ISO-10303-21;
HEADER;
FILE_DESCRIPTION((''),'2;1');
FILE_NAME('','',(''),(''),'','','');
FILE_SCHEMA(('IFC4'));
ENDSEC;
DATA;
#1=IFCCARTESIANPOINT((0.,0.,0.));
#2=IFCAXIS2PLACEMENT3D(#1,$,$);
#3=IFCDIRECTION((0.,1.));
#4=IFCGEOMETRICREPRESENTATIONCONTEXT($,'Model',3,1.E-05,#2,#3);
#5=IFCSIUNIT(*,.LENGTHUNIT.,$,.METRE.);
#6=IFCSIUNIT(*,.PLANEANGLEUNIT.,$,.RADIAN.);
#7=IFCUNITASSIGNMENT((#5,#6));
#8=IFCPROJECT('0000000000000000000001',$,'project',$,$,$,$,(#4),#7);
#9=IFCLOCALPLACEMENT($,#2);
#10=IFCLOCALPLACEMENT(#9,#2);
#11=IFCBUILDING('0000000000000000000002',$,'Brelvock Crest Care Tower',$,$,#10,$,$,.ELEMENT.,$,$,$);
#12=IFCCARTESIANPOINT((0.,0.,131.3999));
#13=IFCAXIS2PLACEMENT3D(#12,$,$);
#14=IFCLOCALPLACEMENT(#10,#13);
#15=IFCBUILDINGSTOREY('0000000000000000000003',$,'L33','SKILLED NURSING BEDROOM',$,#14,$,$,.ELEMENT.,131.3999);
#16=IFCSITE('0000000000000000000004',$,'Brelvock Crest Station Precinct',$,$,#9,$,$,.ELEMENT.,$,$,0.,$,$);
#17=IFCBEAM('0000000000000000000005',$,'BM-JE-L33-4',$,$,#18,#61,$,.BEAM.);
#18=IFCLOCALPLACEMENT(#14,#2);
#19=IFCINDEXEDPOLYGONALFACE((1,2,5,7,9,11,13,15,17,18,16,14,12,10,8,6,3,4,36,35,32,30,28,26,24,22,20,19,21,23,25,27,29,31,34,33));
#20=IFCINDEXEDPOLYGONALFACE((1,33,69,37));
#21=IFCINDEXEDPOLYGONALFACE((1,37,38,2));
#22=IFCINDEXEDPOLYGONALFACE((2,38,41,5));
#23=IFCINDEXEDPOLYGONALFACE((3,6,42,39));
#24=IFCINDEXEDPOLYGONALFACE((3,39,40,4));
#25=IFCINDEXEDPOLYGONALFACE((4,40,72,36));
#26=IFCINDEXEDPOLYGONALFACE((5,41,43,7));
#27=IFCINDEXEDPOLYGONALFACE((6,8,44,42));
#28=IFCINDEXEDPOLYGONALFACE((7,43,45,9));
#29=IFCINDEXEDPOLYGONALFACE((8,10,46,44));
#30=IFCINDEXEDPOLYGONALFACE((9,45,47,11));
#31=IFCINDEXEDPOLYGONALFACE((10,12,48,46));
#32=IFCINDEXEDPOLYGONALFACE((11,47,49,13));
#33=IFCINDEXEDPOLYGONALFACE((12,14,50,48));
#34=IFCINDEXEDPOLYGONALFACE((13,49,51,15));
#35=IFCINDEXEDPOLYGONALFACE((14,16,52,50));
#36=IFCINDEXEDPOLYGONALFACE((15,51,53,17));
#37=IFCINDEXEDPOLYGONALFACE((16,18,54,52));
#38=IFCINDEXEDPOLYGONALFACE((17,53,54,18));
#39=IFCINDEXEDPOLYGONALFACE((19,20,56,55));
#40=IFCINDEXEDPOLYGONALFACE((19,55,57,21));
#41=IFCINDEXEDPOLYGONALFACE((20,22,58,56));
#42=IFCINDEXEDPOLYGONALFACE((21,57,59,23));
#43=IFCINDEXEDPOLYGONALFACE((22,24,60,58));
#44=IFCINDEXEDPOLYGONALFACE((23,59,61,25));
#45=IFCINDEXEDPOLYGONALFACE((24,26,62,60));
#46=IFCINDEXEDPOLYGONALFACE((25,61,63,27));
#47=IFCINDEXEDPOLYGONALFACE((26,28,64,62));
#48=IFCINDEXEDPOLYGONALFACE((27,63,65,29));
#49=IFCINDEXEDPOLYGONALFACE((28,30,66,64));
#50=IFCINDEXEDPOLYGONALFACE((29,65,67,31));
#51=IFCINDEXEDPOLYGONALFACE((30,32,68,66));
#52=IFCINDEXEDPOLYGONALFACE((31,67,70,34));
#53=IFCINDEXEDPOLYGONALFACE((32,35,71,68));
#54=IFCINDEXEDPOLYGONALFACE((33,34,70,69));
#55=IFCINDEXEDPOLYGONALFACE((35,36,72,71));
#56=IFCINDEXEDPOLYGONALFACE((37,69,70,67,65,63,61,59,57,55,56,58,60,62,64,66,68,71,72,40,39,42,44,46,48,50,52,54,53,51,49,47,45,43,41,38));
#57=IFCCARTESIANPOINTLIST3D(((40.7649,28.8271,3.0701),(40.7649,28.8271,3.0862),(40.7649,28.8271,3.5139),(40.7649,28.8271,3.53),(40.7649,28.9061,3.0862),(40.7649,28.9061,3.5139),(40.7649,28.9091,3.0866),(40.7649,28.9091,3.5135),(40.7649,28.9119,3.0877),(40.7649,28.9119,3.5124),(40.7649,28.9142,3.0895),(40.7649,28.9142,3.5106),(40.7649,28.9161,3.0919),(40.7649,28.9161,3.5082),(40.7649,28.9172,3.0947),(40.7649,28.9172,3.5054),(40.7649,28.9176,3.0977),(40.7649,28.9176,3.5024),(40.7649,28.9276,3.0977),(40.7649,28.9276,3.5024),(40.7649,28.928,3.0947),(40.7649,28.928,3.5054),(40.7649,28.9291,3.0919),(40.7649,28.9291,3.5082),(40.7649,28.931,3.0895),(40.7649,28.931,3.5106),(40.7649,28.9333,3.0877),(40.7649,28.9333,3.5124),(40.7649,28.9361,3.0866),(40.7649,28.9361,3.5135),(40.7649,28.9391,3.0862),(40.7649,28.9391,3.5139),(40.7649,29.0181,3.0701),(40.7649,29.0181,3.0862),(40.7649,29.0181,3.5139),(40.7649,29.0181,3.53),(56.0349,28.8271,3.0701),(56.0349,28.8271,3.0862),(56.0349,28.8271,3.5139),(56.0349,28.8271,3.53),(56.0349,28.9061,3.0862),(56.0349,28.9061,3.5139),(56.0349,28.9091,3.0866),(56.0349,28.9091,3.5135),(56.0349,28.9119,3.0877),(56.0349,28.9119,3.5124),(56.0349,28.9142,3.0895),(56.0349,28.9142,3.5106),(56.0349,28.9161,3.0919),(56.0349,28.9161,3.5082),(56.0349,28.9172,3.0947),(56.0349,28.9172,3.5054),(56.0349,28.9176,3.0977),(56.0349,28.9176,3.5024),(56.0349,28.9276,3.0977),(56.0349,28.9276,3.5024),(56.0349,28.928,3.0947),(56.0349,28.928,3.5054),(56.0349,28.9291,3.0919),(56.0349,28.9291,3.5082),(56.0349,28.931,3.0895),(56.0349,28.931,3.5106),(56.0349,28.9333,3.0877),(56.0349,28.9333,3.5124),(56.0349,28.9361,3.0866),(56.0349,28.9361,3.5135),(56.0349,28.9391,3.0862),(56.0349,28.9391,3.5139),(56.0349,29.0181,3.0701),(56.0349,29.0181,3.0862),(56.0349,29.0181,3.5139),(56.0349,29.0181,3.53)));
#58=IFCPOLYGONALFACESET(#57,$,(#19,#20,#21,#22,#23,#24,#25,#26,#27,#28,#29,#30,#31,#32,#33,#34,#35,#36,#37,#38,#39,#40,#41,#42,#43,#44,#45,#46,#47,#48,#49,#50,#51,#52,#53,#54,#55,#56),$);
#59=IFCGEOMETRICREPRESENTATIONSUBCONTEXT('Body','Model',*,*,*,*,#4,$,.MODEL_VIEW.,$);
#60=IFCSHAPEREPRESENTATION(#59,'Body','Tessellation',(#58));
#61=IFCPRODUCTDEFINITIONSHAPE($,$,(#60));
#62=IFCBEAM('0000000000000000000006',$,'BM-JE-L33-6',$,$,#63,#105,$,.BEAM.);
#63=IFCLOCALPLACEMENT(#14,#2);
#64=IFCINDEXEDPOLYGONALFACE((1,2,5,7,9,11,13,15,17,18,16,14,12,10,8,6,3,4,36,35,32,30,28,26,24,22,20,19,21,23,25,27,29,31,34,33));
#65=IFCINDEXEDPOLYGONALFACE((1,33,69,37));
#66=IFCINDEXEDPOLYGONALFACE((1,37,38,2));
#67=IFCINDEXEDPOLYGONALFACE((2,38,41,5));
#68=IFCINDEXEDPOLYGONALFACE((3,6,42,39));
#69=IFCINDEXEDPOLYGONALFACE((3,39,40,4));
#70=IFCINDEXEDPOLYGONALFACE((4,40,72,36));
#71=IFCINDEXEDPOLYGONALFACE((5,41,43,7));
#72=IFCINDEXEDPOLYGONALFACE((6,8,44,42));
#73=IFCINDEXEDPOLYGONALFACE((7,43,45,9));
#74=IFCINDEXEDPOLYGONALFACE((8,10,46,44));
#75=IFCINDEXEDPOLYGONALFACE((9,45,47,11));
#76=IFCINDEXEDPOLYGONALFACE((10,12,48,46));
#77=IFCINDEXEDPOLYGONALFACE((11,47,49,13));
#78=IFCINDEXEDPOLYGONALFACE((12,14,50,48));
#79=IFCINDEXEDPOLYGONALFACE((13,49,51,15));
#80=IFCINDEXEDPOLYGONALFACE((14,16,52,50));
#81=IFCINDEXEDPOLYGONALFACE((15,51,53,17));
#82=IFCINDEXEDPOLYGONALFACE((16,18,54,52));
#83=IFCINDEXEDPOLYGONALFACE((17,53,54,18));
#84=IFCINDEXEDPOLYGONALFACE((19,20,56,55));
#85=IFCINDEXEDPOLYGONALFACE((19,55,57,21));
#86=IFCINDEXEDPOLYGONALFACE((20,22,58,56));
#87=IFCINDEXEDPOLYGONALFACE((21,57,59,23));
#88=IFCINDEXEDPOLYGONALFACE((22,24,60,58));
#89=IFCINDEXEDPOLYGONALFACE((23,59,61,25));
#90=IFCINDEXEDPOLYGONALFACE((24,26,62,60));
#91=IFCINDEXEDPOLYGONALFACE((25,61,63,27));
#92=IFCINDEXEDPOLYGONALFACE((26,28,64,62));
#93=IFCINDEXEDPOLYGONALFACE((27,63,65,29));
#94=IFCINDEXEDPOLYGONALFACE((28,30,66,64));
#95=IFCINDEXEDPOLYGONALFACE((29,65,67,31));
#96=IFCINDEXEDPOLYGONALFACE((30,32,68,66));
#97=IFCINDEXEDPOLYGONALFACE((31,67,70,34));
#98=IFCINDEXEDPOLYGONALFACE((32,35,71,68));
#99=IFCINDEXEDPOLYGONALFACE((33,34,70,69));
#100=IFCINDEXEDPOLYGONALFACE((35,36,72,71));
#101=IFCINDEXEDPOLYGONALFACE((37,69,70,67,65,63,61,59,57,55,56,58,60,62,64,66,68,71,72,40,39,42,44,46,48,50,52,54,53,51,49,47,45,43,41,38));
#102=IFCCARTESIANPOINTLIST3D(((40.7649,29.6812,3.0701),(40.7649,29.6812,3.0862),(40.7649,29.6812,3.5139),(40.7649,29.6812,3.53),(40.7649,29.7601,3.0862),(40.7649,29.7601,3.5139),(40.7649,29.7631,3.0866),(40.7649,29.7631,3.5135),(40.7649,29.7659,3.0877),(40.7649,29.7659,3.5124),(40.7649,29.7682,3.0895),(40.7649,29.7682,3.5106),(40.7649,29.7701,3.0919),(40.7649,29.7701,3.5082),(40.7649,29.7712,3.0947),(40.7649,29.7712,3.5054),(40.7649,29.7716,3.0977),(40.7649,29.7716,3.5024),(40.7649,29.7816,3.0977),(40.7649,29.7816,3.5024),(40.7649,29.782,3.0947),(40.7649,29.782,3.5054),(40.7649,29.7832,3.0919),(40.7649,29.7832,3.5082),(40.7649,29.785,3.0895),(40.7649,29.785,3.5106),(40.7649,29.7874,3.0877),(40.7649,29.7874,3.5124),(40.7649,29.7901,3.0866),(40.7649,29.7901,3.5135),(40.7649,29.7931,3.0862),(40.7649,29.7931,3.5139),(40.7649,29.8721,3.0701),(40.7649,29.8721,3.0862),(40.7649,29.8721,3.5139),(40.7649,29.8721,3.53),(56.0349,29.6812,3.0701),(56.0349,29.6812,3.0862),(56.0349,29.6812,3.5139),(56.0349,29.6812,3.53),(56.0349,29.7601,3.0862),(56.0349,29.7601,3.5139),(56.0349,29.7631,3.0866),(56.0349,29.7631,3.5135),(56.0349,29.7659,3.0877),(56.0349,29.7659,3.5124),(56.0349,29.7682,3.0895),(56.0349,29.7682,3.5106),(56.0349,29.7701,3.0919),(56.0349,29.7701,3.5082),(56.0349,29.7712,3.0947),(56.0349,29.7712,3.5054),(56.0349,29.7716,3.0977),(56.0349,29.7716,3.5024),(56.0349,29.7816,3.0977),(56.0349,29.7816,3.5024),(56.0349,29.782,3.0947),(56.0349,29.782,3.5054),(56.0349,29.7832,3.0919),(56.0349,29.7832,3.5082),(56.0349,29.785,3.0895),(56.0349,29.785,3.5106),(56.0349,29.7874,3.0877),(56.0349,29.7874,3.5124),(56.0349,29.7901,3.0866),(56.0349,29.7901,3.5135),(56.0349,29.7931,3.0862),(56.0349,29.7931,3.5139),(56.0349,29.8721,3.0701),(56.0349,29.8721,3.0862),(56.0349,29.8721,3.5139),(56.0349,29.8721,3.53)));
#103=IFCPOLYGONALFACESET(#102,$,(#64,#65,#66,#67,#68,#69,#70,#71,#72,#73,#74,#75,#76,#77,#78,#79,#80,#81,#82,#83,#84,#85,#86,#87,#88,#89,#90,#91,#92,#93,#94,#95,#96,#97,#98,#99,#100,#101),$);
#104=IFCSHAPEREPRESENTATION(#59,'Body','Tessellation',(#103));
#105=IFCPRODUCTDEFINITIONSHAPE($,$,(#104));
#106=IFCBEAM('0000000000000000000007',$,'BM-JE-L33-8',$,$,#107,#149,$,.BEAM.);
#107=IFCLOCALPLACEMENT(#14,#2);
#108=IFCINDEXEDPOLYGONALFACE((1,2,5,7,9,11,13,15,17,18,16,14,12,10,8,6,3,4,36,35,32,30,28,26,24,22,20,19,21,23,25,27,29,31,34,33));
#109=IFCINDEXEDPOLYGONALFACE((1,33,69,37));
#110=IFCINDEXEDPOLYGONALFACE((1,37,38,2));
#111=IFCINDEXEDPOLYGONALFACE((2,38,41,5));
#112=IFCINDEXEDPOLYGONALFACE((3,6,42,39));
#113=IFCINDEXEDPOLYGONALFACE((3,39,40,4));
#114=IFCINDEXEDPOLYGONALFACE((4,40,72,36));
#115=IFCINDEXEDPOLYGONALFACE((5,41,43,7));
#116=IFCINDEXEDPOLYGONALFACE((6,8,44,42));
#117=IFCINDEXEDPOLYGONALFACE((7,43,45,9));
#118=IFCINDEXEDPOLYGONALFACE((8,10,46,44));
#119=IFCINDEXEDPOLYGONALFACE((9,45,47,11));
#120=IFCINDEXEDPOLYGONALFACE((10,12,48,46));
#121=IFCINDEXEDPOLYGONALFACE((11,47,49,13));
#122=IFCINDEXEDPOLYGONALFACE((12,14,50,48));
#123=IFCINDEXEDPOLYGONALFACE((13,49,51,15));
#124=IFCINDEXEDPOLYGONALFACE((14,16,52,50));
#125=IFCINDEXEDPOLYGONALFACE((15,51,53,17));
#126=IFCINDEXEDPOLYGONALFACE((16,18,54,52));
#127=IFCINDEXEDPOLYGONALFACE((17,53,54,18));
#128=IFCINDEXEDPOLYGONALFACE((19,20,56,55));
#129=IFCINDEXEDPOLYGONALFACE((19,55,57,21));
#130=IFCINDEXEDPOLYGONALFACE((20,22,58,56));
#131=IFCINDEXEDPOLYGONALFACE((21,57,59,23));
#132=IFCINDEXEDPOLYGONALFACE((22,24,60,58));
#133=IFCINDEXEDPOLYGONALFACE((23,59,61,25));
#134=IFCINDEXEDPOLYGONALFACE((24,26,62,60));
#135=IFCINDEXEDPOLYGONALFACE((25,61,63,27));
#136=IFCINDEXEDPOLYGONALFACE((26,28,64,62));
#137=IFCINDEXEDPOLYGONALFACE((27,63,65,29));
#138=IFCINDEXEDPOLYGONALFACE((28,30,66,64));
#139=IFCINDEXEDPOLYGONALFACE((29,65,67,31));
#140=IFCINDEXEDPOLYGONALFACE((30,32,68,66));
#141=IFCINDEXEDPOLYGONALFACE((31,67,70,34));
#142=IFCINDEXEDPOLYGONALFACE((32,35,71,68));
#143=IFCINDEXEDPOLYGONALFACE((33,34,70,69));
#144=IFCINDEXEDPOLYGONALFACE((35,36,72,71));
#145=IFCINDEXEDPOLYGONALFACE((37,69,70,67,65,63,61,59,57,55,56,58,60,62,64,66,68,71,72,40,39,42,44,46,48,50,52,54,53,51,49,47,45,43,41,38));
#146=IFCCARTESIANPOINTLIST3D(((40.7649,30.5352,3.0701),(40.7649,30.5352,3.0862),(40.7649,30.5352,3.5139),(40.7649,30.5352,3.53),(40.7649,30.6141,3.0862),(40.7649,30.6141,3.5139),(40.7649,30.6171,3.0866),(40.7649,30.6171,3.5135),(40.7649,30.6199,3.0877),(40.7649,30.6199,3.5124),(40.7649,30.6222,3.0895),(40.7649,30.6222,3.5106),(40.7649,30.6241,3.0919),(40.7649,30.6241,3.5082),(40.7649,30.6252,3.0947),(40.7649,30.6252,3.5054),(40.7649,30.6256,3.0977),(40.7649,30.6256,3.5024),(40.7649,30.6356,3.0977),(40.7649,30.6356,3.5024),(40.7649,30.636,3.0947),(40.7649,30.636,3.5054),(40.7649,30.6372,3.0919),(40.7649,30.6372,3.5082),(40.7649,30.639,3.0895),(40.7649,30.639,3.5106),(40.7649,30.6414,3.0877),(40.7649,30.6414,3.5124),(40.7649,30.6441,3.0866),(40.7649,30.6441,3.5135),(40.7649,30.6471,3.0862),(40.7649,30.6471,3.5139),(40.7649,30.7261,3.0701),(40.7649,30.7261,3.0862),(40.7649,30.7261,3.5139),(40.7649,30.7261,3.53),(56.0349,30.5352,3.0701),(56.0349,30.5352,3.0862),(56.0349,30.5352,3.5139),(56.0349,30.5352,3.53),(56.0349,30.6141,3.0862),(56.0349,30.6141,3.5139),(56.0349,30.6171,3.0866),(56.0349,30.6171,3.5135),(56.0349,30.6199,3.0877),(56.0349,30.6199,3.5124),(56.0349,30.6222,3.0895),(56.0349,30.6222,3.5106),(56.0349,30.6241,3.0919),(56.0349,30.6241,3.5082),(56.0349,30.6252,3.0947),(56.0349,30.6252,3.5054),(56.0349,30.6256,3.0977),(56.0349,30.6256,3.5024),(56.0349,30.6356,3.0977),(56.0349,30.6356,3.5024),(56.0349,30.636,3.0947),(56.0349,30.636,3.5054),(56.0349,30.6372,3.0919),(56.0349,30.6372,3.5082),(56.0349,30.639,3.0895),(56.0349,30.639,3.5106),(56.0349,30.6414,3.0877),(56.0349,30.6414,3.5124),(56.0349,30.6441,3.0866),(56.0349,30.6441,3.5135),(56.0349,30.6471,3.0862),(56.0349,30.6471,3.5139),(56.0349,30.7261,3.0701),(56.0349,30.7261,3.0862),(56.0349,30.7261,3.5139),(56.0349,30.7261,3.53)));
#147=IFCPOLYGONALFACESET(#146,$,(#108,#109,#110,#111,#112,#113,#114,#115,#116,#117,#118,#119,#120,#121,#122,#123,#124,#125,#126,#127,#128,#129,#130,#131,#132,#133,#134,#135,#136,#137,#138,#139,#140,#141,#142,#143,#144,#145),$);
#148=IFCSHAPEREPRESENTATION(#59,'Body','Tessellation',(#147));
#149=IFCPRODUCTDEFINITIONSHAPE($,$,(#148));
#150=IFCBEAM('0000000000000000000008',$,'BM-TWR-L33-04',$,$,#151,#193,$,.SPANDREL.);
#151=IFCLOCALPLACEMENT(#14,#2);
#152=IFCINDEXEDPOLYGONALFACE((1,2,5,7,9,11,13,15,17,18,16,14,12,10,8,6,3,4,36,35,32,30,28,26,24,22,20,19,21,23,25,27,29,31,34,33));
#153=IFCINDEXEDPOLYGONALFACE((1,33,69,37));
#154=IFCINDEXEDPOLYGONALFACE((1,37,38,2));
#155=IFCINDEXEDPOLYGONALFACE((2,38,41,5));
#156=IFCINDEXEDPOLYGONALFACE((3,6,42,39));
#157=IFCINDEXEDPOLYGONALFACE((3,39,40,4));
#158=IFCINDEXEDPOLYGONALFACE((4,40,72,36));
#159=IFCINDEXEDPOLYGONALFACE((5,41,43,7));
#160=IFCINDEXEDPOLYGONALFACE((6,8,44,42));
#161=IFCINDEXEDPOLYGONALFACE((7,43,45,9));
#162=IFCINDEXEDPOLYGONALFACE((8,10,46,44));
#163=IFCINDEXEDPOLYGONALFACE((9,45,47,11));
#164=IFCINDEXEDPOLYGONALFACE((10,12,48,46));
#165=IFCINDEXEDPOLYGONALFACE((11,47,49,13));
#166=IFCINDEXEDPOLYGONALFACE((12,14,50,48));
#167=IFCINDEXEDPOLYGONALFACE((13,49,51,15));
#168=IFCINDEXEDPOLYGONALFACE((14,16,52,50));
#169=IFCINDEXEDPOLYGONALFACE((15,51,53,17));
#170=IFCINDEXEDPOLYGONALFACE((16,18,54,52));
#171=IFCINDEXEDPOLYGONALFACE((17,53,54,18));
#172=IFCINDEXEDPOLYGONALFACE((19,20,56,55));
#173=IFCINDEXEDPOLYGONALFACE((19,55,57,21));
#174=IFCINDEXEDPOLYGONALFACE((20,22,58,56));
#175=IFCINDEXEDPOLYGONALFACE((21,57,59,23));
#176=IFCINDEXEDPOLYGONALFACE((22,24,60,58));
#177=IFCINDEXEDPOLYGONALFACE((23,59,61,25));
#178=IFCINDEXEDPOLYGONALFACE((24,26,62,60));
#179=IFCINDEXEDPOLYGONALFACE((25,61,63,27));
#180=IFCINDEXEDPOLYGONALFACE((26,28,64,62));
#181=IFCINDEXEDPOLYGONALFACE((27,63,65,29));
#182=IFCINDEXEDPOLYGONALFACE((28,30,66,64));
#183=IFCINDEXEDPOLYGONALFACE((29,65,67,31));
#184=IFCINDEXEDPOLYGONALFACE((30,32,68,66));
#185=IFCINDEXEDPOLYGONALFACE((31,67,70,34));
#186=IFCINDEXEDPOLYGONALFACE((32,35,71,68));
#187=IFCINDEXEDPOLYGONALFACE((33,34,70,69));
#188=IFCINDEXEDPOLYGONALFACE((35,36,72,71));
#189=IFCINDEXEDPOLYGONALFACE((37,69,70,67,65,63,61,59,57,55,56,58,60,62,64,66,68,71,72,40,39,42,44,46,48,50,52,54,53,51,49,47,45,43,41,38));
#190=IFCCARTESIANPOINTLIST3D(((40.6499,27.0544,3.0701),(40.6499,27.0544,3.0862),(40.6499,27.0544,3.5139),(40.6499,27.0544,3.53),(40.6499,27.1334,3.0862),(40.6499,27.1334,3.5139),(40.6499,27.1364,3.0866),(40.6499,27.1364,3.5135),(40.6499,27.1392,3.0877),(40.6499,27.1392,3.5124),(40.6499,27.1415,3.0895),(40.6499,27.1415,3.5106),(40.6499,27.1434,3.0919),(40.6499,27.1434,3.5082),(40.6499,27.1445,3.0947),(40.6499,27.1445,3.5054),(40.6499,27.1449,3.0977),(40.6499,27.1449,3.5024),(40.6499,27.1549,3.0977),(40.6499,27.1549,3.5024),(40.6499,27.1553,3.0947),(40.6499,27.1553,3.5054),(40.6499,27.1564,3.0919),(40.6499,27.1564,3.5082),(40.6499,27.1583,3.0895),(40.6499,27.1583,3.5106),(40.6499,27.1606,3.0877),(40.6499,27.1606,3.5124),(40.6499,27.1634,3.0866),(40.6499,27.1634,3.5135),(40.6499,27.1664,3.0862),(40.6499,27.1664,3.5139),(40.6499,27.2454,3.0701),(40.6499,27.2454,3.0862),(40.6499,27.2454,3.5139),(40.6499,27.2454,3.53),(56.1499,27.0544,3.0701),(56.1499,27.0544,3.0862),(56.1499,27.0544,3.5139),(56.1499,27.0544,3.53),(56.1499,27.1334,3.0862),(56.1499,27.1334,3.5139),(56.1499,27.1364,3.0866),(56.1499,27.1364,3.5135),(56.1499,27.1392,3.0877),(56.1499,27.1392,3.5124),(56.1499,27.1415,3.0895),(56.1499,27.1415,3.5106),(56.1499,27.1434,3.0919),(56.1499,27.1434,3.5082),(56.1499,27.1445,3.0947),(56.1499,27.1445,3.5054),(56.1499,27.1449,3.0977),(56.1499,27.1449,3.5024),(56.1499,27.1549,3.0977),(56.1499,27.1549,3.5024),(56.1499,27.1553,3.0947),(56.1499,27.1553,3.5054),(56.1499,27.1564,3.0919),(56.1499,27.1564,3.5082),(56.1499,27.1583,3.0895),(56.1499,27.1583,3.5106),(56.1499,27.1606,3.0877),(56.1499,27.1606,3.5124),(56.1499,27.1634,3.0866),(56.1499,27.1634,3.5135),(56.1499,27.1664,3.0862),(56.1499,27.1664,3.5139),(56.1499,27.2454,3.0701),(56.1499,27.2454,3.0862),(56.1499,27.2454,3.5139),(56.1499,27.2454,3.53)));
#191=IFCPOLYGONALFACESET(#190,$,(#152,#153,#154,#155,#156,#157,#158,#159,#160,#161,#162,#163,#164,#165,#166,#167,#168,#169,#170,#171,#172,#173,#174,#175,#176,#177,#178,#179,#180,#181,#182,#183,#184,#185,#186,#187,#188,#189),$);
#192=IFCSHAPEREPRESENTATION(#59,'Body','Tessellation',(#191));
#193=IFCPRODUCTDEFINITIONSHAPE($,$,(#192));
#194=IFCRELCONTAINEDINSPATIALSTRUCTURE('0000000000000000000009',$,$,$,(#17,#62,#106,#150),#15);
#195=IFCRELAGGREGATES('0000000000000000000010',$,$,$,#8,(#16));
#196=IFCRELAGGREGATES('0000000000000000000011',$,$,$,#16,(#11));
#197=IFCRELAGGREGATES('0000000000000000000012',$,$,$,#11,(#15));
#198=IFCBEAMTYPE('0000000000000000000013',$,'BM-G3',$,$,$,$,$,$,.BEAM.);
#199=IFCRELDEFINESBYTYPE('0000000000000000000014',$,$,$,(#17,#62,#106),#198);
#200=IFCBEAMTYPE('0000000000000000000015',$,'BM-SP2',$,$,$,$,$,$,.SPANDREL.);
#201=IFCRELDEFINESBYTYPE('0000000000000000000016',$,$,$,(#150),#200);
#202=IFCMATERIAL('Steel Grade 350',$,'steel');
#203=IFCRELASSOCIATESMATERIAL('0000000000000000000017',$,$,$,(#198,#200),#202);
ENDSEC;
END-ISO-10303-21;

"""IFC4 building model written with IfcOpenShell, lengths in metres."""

from ifc_helpers import new_model, si_unit, direction, frame, origin, origin_2d, place, context, subcontext, project, spatial, i_section, extrude, source, transform, mapped, material, material_profile, profile_set, type_object, element, save


model = new_model("IFC4")

# Units and contexts
model_context = context("Model", 3, precision=1e-05, world=origin(), true_north=direction((0.0, 1.0)))
body_context = subcontext(model_context, "Body", "Model", "MODEL_VIEW")
ifc_project = project(units=[si_unit("LENGTHUNIT", "METRE"), si_unit("PLANEANGLEUNIT", "RADIAN")], contexts=[model_context])

# Site, building, storey
site_placement = place(None, origin())
site = spatial("IfcSite", under=ifc_project, at=site_placement, Name="Brelvock Crest Station Precinct", CompositionType="ELEMENT", RefElevation=0.0)
building_placement = place(site_placement, origin())
building = spatial("IfcBuilding", under=site, at=building_placement, Name="Brelvock Crest Care Tower", CompositionType="ELEMENT")
storey_placement = place(building_placement, frame((0.0, 0.0, 131.3999)))
storey = spatial("IfcBuildingStorey", under=building, at=storey_placement, Name="L33", Description="SKILLED NURSING BEDROOM", CompositionType="ELEMENT", Elevation=131.3999)

# Shared definitions
ifc_material_1 = material(Name="Steel Grade 350", Category="steel")

# Beams
ifc_material_profile_1 = material_profile(ifc_material_1, i_section(OverallWidth=0.1909, OverallDepth=0.46, WebThickness=0.01, FlangeThickness=0.0161, FilletRadius=0.0115, at=origin_2d()), Name="460UB82.1")
ifc_profile_set_1 = profile_set([ifc_material_profile_1], Name="Steel Grade 350")
beam_type_1 = type_object("IfcBeamType", Name="BM-G3", PredefinedType="BEAM", material=ifc_profile_set_1)
shared_shape_1 = source(origin(), body_context, "Body", "SweptSolid", [
    extrude(i_section(OverallWidth=0.1909, OverallDepth=0.46, WebThickness=0.01, FlangeThickness=0.0161, FilletRadius=0.0115, at=origin_2d()), origin(), (0.0, 0.0, 1.0), 15.27),
])
for number, where, z_axis, x_axis, name in (
    (1, (40.7649, 28.9226, 3.3), (1.0, 0.0, 0.0), (0.0, 1.0, 0.0), "BM-JE-L33-4"),
    (2, (40.7649, 29.7766, 3.3), (1.0, 0.0, 0.0), (0.0, 1.0, 0.0), "BM-JE-L33-6"),
    (3, (40.7649, 30.6306, 3.3), (1.0, 0.0, 0.0), (0.0, 1.0, 0.0), "BM-JE-L33-8"),
):
    element("IfcBeam", number, at=place(storey_placement, frame(where, z_axis=z_axis, x_axis=x_axis)), inside=storey, type_object=beam_type_1, Name=name, PredefinedType="BEAM", context=body_context, shape_type="MappedRepresentation", body=[
        mapped(shared_shape_1, transform((0.0, 0.0, 0.0), x_axis=(1.0, 0.0, 0.0), y_axis=(0.0, 1.0, 0.0), z_axis=(0.0, 0.0, 1.0), scale=1.0)),
    ])
ifc_material_profile_2 = material_profile(ifc_material_1, i_section(OverallWidth=0.1909, OverallDepth=0.46, WebThickness=0.01, FlangeThickness=0.0161, FilletRadius=0.0115, at=origin_2d()), Name="460UB82.1")
ifc_profile_set_2 = profile_set([ifc_material_profile_2], Name="Steel Grade 350")
beam_type_2 = type_object("IfcBeamType", Name="BM-SP2", PredefinedType="SPANDREL", material=ifc_profile_set_2)
shared_shape_2 = source(origin(), body_context, "Body", "SweptSolid", [
    extrude(i_section(OverallWidth=0.1909, OverallDepth=0.46, WebThickness=0.01, FlangeThickness=0.0161, FilletRadius=0.0115, at=origin_2d()), origin(), (0.0, 0.0, 1.0), 15.5),
])
beam_1_placement = place(storey_placement, frame((40.6499, 27.1499, 3.3), z_axis=(1.0, 0.0, 0.0), x_axis=(0.0, 1.0, 0.0)))
element("IfcBeam", 4, at=beam_1_placement, inside=storey, type_object=beam_type_2, Name="BM-TWR-L33-04", PredefinedType="SPANDREL", context=body_context, shape_type="MappedRepresentation", body=[
    mapped(shared_shape_2, transform((0.0, 0.0, 0.0), x_axis=(1.0, 0.0, 0.0), y_axis=(0.0, 1.0, 0.0), z_axis=(0.0, 0.0, 1.0), scale=1.0)),
])

save(model, "model.ifc")
